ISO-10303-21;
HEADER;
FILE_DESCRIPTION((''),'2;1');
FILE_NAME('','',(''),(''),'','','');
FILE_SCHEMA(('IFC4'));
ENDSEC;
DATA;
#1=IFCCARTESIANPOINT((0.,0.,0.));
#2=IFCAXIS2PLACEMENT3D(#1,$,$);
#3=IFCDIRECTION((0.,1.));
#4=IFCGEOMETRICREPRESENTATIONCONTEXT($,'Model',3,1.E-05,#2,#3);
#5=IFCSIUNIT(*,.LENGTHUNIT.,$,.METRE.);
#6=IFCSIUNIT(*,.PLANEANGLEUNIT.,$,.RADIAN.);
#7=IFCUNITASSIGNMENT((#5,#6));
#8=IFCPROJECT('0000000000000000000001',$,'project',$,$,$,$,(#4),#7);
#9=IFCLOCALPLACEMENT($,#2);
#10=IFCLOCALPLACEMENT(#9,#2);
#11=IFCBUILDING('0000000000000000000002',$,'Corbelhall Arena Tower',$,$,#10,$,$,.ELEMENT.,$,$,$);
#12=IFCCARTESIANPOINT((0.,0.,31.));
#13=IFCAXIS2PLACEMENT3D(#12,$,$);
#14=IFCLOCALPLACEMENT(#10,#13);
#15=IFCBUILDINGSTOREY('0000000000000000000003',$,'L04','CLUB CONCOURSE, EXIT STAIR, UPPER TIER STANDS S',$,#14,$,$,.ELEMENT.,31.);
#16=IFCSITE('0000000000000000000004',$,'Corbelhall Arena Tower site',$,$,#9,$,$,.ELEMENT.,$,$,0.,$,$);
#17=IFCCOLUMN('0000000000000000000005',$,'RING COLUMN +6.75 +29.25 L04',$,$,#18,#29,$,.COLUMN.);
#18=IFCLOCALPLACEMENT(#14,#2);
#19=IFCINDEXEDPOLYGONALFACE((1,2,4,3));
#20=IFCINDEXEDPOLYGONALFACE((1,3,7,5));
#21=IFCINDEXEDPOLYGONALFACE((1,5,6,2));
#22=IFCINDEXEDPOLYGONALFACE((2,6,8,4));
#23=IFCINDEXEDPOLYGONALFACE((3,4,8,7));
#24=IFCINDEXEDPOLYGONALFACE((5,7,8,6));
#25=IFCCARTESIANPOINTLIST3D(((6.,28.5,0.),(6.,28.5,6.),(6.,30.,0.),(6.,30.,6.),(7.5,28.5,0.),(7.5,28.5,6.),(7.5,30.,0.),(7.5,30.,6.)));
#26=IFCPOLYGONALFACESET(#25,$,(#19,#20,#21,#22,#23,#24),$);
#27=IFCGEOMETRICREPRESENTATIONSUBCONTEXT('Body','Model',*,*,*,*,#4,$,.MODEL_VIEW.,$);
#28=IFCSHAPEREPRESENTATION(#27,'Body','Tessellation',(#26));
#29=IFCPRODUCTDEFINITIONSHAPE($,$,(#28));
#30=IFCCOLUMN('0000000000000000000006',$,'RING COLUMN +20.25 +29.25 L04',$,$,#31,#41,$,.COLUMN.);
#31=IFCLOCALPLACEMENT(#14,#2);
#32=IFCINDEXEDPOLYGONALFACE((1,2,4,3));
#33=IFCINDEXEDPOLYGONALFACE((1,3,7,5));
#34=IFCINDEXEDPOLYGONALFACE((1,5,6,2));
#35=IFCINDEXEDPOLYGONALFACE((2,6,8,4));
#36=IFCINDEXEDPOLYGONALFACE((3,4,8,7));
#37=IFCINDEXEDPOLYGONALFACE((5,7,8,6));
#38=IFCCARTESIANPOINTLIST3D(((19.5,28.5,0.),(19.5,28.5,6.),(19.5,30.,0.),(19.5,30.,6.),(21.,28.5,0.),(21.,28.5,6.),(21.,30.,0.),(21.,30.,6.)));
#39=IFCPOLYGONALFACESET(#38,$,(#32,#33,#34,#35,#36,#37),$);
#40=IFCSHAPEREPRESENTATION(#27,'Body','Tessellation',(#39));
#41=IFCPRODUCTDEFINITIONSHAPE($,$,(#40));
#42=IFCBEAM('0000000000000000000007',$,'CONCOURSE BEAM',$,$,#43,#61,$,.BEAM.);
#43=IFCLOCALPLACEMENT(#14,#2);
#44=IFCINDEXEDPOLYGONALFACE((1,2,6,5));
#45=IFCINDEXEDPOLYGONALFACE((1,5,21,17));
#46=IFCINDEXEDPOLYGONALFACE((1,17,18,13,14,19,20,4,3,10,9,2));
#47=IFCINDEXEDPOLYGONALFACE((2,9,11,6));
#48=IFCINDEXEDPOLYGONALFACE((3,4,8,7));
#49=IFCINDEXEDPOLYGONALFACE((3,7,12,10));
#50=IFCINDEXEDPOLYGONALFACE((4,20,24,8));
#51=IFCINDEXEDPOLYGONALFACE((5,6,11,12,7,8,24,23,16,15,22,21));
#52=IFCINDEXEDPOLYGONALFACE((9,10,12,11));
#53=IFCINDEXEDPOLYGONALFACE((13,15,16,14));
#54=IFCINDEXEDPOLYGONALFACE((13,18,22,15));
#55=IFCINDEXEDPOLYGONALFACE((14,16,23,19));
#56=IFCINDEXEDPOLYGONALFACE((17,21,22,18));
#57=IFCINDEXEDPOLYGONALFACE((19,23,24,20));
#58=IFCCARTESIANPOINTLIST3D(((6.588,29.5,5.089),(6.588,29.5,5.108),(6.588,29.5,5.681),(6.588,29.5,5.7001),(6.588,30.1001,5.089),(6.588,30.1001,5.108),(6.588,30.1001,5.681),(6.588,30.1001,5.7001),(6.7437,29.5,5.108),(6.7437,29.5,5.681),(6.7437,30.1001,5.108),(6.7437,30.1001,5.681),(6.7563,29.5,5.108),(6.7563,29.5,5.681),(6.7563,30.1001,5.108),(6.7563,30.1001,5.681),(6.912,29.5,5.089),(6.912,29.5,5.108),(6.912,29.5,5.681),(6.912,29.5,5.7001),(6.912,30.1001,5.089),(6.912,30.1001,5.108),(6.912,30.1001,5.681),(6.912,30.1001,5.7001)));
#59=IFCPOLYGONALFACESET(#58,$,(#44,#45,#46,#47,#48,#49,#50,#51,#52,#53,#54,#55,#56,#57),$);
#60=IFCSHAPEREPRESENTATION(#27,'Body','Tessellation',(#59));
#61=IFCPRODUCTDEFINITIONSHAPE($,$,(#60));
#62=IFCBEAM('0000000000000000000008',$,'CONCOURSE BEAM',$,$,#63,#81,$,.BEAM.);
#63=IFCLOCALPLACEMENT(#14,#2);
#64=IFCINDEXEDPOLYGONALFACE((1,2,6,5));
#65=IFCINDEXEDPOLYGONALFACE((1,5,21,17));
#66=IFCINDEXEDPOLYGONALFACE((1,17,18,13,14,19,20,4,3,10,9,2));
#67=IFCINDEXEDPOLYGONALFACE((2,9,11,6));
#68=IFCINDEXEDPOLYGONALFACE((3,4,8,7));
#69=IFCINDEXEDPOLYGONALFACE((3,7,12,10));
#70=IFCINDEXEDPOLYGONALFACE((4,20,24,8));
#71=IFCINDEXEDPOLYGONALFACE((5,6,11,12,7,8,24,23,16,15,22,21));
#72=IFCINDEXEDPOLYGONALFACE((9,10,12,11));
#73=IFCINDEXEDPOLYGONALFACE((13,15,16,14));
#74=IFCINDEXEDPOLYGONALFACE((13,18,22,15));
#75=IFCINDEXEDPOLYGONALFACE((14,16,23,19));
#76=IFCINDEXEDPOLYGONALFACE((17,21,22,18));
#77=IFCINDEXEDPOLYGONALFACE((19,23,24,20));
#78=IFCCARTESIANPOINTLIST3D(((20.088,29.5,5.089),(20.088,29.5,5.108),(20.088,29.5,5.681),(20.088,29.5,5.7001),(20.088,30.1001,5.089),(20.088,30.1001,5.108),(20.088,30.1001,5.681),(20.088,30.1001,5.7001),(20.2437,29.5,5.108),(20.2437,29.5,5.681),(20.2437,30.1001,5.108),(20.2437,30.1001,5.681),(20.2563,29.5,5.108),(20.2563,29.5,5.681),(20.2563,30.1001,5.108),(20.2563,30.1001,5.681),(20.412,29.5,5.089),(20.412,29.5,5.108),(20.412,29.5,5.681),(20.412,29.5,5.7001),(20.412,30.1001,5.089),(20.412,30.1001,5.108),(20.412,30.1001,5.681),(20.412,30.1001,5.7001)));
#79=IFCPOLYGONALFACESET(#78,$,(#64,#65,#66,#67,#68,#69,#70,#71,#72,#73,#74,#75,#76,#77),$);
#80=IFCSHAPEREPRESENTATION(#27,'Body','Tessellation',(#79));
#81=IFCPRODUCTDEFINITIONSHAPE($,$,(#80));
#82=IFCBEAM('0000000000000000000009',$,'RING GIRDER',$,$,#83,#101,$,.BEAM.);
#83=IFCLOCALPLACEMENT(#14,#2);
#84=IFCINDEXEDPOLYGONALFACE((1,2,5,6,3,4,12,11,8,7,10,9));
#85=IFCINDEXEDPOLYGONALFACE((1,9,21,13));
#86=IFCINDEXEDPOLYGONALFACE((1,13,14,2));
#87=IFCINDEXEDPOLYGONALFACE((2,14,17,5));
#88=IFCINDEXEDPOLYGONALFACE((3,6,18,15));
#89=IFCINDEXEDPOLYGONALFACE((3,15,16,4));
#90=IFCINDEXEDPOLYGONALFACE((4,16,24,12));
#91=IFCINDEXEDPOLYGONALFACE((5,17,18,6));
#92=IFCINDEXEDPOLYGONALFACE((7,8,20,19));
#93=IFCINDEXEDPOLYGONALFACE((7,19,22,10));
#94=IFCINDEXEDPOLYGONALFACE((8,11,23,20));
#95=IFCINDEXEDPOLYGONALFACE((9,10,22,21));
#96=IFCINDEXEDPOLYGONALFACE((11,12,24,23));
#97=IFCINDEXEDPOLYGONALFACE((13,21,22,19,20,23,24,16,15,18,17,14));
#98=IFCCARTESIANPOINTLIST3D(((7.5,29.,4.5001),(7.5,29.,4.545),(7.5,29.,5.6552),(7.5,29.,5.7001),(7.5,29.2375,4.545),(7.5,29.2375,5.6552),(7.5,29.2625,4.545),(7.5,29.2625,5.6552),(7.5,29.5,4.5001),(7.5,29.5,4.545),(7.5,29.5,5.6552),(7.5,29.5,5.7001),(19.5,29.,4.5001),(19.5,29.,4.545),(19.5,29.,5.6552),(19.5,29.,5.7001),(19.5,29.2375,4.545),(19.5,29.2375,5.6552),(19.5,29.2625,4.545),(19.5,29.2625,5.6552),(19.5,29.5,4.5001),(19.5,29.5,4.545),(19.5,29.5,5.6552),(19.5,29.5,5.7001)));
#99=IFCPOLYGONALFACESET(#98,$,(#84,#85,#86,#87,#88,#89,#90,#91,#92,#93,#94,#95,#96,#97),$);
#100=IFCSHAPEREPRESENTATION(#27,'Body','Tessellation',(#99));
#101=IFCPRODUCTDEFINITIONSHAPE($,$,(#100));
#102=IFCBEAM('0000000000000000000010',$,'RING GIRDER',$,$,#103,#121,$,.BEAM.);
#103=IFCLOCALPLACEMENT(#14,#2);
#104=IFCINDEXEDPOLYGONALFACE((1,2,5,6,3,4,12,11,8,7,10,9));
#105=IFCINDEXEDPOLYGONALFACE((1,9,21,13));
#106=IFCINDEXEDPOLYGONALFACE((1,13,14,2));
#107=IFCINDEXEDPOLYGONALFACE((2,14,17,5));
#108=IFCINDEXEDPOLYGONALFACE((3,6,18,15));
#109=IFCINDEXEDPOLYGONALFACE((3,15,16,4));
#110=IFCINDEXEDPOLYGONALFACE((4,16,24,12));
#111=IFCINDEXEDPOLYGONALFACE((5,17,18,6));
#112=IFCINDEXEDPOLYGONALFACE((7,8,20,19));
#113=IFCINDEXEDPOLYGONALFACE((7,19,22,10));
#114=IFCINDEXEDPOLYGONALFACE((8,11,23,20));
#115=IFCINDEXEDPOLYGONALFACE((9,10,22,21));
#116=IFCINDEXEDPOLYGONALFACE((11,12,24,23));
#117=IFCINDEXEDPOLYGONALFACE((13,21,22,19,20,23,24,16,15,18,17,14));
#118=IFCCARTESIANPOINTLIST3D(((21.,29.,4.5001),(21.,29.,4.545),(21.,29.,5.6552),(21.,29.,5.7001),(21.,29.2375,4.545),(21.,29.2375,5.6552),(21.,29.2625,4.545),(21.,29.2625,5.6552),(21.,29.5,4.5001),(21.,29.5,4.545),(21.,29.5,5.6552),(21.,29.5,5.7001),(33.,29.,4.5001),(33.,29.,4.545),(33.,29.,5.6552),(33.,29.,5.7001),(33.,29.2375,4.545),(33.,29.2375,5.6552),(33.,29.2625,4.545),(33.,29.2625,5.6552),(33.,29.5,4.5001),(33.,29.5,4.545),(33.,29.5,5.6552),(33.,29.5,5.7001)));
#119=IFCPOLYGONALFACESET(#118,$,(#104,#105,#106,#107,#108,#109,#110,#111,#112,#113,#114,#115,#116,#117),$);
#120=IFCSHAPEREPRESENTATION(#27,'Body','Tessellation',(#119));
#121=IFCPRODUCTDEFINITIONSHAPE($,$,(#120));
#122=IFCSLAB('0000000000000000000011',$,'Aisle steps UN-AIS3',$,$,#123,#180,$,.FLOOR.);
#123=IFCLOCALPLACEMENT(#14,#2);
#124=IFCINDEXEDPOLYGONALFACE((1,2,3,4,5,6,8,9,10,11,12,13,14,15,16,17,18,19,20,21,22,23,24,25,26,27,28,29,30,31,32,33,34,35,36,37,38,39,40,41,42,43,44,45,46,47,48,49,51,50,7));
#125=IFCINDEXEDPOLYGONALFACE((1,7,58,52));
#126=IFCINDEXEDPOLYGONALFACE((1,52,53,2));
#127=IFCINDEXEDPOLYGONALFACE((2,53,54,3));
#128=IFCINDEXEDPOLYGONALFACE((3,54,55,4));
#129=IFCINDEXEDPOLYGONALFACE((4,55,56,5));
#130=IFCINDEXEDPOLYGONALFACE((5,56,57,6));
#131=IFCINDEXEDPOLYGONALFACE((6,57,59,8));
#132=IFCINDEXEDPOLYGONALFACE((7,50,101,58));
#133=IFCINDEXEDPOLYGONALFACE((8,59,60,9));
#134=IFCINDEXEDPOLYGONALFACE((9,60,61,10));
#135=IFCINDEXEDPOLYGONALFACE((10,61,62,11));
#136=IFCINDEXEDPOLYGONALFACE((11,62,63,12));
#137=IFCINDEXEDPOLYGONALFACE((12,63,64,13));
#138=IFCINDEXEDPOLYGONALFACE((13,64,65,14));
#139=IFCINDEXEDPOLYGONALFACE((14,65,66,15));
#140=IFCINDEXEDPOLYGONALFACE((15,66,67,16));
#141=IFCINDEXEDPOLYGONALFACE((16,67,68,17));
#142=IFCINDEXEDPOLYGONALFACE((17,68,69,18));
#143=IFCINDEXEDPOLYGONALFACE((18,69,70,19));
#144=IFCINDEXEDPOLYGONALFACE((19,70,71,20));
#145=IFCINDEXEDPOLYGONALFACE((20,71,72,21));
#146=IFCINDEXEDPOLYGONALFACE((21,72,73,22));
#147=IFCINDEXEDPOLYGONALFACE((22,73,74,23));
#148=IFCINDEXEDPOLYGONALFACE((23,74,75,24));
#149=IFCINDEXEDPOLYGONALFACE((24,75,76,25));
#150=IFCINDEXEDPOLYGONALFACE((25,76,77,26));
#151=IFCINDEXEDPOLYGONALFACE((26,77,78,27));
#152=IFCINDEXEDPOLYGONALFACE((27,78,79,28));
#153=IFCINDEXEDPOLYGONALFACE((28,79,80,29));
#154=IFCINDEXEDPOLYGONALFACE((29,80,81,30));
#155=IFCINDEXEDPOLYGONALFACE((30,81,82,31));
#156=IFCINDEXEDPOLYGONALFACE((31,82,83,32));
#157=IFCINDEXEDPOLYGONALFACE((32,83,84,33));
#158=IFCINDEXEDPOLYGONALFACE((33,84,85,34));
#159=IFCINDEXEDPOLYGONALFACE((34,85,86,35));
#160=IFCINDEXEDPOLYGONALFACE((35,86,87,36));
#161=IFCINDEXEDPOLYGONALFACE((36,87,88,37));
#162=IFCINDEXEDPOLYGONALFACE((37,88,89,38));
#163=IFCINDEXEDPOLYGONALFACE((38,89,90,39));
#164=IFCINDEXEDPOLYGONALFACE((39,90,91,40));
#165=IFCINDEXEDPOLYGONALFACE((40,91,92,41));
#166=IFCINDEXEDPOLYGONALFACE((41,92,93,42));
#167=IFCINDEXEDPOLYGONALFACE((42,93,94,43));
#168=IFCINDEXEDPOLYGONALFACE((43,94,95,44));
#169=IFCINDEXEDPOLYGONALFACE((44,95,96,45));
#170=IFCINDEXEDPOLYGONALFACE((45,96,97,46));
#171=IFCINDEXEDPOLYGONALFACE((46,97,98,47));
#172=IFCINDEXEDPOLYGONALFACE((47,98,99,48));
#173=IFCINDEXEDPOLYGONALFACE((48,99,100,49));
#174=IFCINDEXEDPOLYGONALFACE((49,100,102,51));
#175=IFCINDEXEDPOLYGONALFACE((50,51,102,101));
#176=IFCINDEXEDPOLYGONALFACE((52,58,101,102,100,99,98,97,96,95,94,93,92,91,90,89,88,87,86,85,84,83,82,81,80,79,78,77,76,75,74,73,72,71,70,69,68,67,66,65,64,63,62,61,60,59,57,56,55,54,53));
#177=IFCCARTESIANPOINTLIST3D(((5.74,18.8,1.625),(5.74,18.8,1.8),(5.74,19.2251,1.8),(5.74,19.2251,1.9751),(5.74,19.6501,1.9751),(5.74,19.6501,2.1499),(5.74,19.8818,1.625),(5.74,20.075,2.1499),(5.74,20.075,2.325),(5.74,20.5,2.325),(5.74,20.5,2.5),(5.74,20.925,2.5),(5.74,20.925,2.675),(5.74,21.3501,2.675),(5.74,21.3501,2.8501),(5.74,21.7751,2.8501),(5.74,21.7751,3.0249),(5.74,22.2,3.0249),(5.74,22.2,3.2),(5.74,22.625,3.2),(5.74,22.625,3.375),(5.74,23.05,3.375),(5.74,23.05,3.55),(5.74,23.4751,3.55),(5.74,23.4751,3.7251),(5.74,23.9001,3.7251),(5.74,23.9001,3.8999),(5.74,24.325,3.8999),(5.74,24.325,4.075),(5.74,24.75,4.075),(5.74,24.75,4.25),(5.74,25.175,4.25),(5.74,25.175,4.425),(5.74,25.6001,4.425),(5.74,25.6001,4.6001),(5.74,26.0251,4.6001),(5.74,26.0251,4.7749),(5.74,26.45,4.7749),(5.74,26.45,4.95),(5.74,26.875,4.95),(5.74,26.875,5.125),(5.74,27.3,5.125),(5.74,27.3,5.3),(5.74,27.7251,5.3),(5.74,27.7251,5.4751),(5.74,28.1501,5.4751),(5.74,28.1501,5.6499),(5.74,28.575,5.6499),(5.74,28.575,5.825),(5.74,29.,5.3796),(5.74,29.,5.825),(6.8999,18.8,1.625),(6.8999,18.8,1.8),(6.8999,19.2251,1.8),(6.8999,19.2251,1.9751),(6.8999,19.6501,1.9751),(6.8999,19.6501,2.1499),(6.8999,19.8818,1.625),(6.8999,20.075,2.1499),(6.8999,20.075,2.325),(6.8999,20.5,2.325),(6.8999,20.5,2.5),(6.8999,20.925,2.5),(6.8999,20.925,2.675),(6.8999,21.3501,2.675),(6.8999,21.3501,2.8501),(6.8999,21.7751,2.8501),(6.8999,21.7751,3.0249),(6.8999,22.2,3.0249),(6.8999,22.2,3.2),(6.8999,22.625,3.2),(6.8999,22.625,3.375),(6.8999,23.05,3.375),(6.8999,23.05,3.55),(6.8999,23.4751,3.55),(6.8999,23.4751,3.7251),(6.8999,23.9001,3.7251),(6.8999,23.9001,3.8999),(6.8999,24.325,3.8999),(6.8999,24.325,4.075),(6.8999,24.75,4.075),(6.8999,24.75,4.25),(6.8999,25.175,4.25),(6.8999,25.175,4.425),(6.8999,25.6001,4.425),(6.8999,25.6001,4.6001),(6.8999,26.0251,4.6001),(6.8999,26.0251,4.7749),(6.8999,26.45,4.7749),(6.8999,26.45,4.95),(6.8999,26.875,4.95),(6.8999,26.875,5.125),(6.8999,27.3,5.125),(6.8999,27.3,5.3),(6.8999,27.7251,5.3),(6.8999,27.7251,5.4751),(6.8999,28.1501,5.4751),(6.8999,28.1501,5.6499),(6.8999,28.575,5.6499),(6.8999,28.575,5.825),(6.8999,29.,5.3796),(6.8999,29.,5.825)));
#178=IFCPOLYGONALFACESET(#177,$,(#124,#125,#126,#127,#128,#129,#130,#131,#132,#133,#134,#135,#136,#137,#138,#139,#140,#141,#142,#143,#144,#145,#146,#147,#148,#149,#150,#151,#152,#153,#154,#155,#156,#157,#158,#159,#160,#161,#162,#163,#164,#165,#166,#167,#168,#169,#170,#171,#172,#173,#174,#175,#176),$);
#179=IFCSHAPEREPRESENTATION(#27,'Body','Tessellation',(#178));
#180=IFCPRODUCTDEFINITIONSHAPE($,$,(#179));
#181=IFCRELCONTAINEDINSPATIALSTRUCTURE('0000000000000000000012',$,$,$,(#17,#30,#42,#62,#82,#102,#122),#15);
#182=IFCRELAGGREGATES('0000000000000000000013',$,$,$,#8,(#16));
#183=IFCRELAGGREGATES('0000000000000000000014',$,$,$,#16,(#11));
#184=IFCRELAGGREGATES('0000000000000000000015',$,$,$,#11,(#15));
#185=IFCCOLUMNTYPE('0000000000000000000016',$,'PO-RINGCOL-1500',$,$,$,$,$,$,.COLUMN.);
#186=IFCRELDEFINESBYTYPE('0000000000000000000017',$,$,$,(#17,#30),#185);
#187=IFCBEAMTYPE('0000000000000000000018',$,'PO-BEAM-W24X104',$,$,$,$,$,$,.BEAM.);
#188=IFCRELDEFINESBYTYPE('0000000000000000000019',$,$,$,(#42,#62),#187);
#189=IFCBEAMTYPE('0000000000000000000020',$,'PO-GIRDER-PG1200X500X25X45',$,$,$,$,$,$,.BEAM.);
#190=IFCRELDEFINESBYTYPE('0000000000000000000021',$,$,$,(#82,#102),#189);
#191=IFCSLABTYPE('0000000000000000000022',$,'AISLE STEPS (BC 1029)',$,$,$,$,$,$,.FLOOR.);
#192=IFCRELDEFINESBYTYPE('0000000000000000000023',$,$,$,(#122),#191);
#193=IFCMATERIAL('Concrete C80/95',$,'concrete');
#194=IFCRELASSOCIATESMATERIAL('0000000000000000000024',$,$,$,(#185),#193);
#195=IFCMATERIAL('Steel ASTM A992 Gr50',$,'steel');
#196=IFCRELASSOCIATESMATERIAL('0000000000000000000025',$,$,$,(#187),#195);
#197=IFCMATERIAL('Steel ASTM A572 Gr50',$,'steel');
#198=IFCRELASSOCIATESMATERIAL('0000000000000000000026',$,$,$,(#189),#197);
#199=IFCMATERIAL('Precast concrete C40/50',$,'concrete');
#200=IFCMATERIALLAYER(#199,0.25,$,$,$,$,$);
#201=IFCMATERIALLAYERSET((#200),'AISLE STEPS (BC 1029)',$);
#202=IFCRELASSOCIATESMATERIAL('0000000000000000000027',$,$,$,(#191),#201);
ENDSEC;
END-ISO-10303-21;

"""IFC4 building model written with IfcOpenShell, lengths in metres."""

from ifc_helpers import new_model, si_unit, direction, frame, origin, origin_2d, place, context, subcontext, project, spatial, polyline, rectangle, i_section, outline, extrude, material, layer, layer_set, material_profile, profile_set, type_object, element, save


model = new_model("IFC4")

# Units and contexts
model_context = context("Model", 3, precision=1e-05, world=origin(), true_north=direction((0.0, 1.0)))
body_context = subcontext(model_context, "Body", "Model", "MODEL_VIEW")
ifc_project = project(units=[si_unit("LENGTHUNIT", "METRE"), si_unit("PLANEANGLEUNIT", "RADIAN")], contexts=[model_context])

# Site, building, storey
site_placement = place(None, origin())
site = spatial("IfcSite", under=ifc_project, at=site_placement, Name="Corbelhall Arena Tower site", CompositionType="ELEMENT", RefElevation=0.0)
building_placement = place(site_placement, origin())
building = spatial("IfcBuilding", under=site, at=building_placement, Name="Corbelhall Arena Tower", CompositionType="ELEMENT")
storey_placement = place(building_placement, frame((0.0, 0.0, 31.0)))
storey = spatial("IfcBuildingStorey", under=building, at=storey_placement, Name="L04", Description="CLUB CONCOURSE, EXIT STAIR, UPPER TIER STANDS S", CompositionType="ELEMENT", Elevation=31.0)

# Columns
ifc_material_1 = material(Name="Concrete C80/95", Category="concrete")
ifc_material_profile_1 = material_profile(ifc_material_1, rectangle(XDim=1.5, YDim=1.5, at=origin_2d()))
ifc_profile_set_1 = profile_set([ifc_material_profile_1], Name="Concrete C80/95")
column_type = type_object("IfcColumnType", Name="PO-RINGCOL-1500", PredefinedType="COLUMN", material=ifc_profile_set_1)
for number, where, z_axis, x_axis, name in (
    (1, (6.75, 29.25, 0.0), (0.0, 0.0, 1.0), (1.0, 0.0, 0.0), "RING COLUMN +6.75 +29.25 L04"),
    (2, (20.25, 29.25, 0.0), (0.0, 0.0, 1.0), (1.0, 0.0, 0.0), "RING COLUMN +20.25 +29.25 L04"),
):
    element("IfcColumn", number, at=place(storey_placement, frame(where, z_axis=z_axis, x_axis=x_axis)), inside=storey, type_object=column_type, Name=name, PredefinedType="COLUMN", context=body_context, shape_type="SweptSolid", body=[
        extrude(rectangle(XDim=1.5, YDim=1.5, at=origin_2d()), origin(), (0.0, 0.0, 1.0), 6.0),
    ])

# Beams
ifc_material_2 = material(Name="Steel ASTM A992 Gr50", Category="steel")
ifc_material_profile_2 = material_profile(ifc_material_2, i_section(OverallWidth=0.324, OverallDepth=0.6111, WebThickness=0.0127, FlangeThickness=0.019, at=origin_2d()))
ifc_profile_set_2 = profile_set([ifc_material_profile_2], Name="Steel ASTM A992 Gr50")
beam_type_1 = type_object("IfcBeamType", Name="PO-BEAM-W24X104", PredefinedType="BEAM", material=ifc_profile_set_2)
for number, where, z_axis, x_axis, name in (
    (3, (6.75, 29.5, 5.3945), (0.0, 1.0, 0.0), (-1.0, 0.0, 0.0), "CONCOURSE BEAM"),
    (4, (20.25, 29.5, 5.3945), (0.0, 1.0, 0.0), (-1.0, 0.0, 0.0), "CONCOURSE BEAM"),
):
    element("IfcBeam", number, at=place(storey_placement, frame(where, z_axis=z_axis, x_axis=x_axis)), inside=storey, type_object=beam_type_1, Name=name, PredefinedType="BEAM", context=body_context, shape_type="SweptSolid", body=[
        extrude(i_section(OverallWidth=0.324, OverallDepth=0.6111, WebThickness=0.0127, FlangeThickness=0.019, at=origin_2d()), origin(), (0.0, 0.0, 1.0), 0.6001),
    ])
ifc_material_3 = material(Name="Steel ASTM A572 Gr50", Category="steel")
ifc_material_profile_3 = material_profile(ifc_material_3, i_section(OverallWidth=0.5, OverallDepth=1.2, WebThickness=0.0249, FlangeThickness=0.0449, at=origin_2d()))
ifc_profile_set_3 = profile_set([ifc_material_profile_3], Name="Steel ASTM A572 Gr50")
beam_type_2 = type_object("IfcBeamType", Name="PO-GIRDER-PG1200X500X25X45", PredefinedType="BEAM", material=ifc_profile_set_3)
for number, where, z_axis, x_axis, name in (
    (5, (7.5, 29.25, 5.1001), (1.0, 0.0, 0.0), (0.0, 1.0, 0.0), "RING GIRDER"),
    (6, (21.0, 29.25, 5.1001), (1.0, 0.0, 0.0), (0.0, 1.0, 0.0), "RING GIRDER"),
):
    element("IfcBeam", number, at=place(storey_placement, frame(where, z_axis=z_axis, x_axis=x_axis)), inside=storey, type_object=beam_type_2, Name=name, PredefinedType="BEAM", context=body_context, shape_type="SweptSolid", body=[
        extrude(i_section(OverallWidth=0.5, OverallDepth=1.2, WebThickness=0.0249, FlangeThickness=0.0449, at=origin_2d()), origin(), (0.0, 0.0, 1.0), 12.0),
    ])

# Slab
ifc_material_4 = material(Name="Precast concrete C40/50", Category="concrete")
ifc_layer_1 = layer(ifc_material_4, 0.25)
ifc_layer_set_1 = layer_set([ifc_layer_1], Name="AISLE STEPS (BC 1029)")
slab_type_1 = type_object("IfcSlabType", Name="AISLE STEPS (BC 1029)", PredefinedType="FLOOR", material=ifc_layer_set_1)
for number, where, z_axis, x_axis, name in (
    (7, (6.3201, 18.8, 1.625), (0.0, 0.0, 1.0), (0.0, 1.0, 0.0), "Aisle steps UN-AIS3"),
):
    element("IfcSlab", number, at=place(storey_placement, frame(where, z_axis=z_axis, x_axis=x_axis)), inside=storey, type_object=slab_type_1, Name=name, PredefinedType="FLOOR", context=body_context, shape_type="SweptSolid", body=[
        extrude(outline(polyline([(0.0, 0.0), (0.0, 0.175), (0.425, 0.175), (0.425, 0.3501), (0.8501, 0.3501), (0.8501, 0.5249), (1.2749, 0.5249), (1.2749, 0.7), (1.7, 0.7), (1.7, 0.875), (2.125, 0.875), (2.125, 1.05), (2.55, 1.05), (2.55, 1.2251), (2.9751, 1.2251), (2.9751, 1.3999), (3.3999, 1.3999), (3.3999, 1.575), (3.825, 1.575), (3.825, 1.75), (4.25, 1.75), (4.25, 1.925), (4.675, 1.925), (4.675, 2.1001), (5.1001, 2.1001), (5.1001, 2.2749), (5.5249, 2.2749), (5.5249, 2.45), (5.95, 2.45), (5.95, 2.625), (6.375, 2.625), (6.375, 2.8), (6.8, 2.8), (6.8, 2.9751), (7.2251, 2.9751), (7.2251, 3.1499), (7.6499, 3.1499), (7.6499, 3.325), (8.075, 3.325), (8.075, 3.5), (8.5, 3.5), (8.5, 3.675), (8.925, 3.675), (8.925, 3.8501), (9.3501, 3.8501), (9.3501, 4.0249), (9.7749, 4.0249), (9.7749, 4.2), (10.2, 4.2), (10.2, 4.375), (10.2, 3.7546), (1.0818, 0.0), (0.0, 0.0)])), frame((0.0, 0.5801, 0.0), z_axis=(0.0, -1.0, 0.0), x_axis=(1.0, 0.0, 0.0)), (0.0, 0.0, 1.0), 1.1599),
    ])

save(model, "model.ifc")
